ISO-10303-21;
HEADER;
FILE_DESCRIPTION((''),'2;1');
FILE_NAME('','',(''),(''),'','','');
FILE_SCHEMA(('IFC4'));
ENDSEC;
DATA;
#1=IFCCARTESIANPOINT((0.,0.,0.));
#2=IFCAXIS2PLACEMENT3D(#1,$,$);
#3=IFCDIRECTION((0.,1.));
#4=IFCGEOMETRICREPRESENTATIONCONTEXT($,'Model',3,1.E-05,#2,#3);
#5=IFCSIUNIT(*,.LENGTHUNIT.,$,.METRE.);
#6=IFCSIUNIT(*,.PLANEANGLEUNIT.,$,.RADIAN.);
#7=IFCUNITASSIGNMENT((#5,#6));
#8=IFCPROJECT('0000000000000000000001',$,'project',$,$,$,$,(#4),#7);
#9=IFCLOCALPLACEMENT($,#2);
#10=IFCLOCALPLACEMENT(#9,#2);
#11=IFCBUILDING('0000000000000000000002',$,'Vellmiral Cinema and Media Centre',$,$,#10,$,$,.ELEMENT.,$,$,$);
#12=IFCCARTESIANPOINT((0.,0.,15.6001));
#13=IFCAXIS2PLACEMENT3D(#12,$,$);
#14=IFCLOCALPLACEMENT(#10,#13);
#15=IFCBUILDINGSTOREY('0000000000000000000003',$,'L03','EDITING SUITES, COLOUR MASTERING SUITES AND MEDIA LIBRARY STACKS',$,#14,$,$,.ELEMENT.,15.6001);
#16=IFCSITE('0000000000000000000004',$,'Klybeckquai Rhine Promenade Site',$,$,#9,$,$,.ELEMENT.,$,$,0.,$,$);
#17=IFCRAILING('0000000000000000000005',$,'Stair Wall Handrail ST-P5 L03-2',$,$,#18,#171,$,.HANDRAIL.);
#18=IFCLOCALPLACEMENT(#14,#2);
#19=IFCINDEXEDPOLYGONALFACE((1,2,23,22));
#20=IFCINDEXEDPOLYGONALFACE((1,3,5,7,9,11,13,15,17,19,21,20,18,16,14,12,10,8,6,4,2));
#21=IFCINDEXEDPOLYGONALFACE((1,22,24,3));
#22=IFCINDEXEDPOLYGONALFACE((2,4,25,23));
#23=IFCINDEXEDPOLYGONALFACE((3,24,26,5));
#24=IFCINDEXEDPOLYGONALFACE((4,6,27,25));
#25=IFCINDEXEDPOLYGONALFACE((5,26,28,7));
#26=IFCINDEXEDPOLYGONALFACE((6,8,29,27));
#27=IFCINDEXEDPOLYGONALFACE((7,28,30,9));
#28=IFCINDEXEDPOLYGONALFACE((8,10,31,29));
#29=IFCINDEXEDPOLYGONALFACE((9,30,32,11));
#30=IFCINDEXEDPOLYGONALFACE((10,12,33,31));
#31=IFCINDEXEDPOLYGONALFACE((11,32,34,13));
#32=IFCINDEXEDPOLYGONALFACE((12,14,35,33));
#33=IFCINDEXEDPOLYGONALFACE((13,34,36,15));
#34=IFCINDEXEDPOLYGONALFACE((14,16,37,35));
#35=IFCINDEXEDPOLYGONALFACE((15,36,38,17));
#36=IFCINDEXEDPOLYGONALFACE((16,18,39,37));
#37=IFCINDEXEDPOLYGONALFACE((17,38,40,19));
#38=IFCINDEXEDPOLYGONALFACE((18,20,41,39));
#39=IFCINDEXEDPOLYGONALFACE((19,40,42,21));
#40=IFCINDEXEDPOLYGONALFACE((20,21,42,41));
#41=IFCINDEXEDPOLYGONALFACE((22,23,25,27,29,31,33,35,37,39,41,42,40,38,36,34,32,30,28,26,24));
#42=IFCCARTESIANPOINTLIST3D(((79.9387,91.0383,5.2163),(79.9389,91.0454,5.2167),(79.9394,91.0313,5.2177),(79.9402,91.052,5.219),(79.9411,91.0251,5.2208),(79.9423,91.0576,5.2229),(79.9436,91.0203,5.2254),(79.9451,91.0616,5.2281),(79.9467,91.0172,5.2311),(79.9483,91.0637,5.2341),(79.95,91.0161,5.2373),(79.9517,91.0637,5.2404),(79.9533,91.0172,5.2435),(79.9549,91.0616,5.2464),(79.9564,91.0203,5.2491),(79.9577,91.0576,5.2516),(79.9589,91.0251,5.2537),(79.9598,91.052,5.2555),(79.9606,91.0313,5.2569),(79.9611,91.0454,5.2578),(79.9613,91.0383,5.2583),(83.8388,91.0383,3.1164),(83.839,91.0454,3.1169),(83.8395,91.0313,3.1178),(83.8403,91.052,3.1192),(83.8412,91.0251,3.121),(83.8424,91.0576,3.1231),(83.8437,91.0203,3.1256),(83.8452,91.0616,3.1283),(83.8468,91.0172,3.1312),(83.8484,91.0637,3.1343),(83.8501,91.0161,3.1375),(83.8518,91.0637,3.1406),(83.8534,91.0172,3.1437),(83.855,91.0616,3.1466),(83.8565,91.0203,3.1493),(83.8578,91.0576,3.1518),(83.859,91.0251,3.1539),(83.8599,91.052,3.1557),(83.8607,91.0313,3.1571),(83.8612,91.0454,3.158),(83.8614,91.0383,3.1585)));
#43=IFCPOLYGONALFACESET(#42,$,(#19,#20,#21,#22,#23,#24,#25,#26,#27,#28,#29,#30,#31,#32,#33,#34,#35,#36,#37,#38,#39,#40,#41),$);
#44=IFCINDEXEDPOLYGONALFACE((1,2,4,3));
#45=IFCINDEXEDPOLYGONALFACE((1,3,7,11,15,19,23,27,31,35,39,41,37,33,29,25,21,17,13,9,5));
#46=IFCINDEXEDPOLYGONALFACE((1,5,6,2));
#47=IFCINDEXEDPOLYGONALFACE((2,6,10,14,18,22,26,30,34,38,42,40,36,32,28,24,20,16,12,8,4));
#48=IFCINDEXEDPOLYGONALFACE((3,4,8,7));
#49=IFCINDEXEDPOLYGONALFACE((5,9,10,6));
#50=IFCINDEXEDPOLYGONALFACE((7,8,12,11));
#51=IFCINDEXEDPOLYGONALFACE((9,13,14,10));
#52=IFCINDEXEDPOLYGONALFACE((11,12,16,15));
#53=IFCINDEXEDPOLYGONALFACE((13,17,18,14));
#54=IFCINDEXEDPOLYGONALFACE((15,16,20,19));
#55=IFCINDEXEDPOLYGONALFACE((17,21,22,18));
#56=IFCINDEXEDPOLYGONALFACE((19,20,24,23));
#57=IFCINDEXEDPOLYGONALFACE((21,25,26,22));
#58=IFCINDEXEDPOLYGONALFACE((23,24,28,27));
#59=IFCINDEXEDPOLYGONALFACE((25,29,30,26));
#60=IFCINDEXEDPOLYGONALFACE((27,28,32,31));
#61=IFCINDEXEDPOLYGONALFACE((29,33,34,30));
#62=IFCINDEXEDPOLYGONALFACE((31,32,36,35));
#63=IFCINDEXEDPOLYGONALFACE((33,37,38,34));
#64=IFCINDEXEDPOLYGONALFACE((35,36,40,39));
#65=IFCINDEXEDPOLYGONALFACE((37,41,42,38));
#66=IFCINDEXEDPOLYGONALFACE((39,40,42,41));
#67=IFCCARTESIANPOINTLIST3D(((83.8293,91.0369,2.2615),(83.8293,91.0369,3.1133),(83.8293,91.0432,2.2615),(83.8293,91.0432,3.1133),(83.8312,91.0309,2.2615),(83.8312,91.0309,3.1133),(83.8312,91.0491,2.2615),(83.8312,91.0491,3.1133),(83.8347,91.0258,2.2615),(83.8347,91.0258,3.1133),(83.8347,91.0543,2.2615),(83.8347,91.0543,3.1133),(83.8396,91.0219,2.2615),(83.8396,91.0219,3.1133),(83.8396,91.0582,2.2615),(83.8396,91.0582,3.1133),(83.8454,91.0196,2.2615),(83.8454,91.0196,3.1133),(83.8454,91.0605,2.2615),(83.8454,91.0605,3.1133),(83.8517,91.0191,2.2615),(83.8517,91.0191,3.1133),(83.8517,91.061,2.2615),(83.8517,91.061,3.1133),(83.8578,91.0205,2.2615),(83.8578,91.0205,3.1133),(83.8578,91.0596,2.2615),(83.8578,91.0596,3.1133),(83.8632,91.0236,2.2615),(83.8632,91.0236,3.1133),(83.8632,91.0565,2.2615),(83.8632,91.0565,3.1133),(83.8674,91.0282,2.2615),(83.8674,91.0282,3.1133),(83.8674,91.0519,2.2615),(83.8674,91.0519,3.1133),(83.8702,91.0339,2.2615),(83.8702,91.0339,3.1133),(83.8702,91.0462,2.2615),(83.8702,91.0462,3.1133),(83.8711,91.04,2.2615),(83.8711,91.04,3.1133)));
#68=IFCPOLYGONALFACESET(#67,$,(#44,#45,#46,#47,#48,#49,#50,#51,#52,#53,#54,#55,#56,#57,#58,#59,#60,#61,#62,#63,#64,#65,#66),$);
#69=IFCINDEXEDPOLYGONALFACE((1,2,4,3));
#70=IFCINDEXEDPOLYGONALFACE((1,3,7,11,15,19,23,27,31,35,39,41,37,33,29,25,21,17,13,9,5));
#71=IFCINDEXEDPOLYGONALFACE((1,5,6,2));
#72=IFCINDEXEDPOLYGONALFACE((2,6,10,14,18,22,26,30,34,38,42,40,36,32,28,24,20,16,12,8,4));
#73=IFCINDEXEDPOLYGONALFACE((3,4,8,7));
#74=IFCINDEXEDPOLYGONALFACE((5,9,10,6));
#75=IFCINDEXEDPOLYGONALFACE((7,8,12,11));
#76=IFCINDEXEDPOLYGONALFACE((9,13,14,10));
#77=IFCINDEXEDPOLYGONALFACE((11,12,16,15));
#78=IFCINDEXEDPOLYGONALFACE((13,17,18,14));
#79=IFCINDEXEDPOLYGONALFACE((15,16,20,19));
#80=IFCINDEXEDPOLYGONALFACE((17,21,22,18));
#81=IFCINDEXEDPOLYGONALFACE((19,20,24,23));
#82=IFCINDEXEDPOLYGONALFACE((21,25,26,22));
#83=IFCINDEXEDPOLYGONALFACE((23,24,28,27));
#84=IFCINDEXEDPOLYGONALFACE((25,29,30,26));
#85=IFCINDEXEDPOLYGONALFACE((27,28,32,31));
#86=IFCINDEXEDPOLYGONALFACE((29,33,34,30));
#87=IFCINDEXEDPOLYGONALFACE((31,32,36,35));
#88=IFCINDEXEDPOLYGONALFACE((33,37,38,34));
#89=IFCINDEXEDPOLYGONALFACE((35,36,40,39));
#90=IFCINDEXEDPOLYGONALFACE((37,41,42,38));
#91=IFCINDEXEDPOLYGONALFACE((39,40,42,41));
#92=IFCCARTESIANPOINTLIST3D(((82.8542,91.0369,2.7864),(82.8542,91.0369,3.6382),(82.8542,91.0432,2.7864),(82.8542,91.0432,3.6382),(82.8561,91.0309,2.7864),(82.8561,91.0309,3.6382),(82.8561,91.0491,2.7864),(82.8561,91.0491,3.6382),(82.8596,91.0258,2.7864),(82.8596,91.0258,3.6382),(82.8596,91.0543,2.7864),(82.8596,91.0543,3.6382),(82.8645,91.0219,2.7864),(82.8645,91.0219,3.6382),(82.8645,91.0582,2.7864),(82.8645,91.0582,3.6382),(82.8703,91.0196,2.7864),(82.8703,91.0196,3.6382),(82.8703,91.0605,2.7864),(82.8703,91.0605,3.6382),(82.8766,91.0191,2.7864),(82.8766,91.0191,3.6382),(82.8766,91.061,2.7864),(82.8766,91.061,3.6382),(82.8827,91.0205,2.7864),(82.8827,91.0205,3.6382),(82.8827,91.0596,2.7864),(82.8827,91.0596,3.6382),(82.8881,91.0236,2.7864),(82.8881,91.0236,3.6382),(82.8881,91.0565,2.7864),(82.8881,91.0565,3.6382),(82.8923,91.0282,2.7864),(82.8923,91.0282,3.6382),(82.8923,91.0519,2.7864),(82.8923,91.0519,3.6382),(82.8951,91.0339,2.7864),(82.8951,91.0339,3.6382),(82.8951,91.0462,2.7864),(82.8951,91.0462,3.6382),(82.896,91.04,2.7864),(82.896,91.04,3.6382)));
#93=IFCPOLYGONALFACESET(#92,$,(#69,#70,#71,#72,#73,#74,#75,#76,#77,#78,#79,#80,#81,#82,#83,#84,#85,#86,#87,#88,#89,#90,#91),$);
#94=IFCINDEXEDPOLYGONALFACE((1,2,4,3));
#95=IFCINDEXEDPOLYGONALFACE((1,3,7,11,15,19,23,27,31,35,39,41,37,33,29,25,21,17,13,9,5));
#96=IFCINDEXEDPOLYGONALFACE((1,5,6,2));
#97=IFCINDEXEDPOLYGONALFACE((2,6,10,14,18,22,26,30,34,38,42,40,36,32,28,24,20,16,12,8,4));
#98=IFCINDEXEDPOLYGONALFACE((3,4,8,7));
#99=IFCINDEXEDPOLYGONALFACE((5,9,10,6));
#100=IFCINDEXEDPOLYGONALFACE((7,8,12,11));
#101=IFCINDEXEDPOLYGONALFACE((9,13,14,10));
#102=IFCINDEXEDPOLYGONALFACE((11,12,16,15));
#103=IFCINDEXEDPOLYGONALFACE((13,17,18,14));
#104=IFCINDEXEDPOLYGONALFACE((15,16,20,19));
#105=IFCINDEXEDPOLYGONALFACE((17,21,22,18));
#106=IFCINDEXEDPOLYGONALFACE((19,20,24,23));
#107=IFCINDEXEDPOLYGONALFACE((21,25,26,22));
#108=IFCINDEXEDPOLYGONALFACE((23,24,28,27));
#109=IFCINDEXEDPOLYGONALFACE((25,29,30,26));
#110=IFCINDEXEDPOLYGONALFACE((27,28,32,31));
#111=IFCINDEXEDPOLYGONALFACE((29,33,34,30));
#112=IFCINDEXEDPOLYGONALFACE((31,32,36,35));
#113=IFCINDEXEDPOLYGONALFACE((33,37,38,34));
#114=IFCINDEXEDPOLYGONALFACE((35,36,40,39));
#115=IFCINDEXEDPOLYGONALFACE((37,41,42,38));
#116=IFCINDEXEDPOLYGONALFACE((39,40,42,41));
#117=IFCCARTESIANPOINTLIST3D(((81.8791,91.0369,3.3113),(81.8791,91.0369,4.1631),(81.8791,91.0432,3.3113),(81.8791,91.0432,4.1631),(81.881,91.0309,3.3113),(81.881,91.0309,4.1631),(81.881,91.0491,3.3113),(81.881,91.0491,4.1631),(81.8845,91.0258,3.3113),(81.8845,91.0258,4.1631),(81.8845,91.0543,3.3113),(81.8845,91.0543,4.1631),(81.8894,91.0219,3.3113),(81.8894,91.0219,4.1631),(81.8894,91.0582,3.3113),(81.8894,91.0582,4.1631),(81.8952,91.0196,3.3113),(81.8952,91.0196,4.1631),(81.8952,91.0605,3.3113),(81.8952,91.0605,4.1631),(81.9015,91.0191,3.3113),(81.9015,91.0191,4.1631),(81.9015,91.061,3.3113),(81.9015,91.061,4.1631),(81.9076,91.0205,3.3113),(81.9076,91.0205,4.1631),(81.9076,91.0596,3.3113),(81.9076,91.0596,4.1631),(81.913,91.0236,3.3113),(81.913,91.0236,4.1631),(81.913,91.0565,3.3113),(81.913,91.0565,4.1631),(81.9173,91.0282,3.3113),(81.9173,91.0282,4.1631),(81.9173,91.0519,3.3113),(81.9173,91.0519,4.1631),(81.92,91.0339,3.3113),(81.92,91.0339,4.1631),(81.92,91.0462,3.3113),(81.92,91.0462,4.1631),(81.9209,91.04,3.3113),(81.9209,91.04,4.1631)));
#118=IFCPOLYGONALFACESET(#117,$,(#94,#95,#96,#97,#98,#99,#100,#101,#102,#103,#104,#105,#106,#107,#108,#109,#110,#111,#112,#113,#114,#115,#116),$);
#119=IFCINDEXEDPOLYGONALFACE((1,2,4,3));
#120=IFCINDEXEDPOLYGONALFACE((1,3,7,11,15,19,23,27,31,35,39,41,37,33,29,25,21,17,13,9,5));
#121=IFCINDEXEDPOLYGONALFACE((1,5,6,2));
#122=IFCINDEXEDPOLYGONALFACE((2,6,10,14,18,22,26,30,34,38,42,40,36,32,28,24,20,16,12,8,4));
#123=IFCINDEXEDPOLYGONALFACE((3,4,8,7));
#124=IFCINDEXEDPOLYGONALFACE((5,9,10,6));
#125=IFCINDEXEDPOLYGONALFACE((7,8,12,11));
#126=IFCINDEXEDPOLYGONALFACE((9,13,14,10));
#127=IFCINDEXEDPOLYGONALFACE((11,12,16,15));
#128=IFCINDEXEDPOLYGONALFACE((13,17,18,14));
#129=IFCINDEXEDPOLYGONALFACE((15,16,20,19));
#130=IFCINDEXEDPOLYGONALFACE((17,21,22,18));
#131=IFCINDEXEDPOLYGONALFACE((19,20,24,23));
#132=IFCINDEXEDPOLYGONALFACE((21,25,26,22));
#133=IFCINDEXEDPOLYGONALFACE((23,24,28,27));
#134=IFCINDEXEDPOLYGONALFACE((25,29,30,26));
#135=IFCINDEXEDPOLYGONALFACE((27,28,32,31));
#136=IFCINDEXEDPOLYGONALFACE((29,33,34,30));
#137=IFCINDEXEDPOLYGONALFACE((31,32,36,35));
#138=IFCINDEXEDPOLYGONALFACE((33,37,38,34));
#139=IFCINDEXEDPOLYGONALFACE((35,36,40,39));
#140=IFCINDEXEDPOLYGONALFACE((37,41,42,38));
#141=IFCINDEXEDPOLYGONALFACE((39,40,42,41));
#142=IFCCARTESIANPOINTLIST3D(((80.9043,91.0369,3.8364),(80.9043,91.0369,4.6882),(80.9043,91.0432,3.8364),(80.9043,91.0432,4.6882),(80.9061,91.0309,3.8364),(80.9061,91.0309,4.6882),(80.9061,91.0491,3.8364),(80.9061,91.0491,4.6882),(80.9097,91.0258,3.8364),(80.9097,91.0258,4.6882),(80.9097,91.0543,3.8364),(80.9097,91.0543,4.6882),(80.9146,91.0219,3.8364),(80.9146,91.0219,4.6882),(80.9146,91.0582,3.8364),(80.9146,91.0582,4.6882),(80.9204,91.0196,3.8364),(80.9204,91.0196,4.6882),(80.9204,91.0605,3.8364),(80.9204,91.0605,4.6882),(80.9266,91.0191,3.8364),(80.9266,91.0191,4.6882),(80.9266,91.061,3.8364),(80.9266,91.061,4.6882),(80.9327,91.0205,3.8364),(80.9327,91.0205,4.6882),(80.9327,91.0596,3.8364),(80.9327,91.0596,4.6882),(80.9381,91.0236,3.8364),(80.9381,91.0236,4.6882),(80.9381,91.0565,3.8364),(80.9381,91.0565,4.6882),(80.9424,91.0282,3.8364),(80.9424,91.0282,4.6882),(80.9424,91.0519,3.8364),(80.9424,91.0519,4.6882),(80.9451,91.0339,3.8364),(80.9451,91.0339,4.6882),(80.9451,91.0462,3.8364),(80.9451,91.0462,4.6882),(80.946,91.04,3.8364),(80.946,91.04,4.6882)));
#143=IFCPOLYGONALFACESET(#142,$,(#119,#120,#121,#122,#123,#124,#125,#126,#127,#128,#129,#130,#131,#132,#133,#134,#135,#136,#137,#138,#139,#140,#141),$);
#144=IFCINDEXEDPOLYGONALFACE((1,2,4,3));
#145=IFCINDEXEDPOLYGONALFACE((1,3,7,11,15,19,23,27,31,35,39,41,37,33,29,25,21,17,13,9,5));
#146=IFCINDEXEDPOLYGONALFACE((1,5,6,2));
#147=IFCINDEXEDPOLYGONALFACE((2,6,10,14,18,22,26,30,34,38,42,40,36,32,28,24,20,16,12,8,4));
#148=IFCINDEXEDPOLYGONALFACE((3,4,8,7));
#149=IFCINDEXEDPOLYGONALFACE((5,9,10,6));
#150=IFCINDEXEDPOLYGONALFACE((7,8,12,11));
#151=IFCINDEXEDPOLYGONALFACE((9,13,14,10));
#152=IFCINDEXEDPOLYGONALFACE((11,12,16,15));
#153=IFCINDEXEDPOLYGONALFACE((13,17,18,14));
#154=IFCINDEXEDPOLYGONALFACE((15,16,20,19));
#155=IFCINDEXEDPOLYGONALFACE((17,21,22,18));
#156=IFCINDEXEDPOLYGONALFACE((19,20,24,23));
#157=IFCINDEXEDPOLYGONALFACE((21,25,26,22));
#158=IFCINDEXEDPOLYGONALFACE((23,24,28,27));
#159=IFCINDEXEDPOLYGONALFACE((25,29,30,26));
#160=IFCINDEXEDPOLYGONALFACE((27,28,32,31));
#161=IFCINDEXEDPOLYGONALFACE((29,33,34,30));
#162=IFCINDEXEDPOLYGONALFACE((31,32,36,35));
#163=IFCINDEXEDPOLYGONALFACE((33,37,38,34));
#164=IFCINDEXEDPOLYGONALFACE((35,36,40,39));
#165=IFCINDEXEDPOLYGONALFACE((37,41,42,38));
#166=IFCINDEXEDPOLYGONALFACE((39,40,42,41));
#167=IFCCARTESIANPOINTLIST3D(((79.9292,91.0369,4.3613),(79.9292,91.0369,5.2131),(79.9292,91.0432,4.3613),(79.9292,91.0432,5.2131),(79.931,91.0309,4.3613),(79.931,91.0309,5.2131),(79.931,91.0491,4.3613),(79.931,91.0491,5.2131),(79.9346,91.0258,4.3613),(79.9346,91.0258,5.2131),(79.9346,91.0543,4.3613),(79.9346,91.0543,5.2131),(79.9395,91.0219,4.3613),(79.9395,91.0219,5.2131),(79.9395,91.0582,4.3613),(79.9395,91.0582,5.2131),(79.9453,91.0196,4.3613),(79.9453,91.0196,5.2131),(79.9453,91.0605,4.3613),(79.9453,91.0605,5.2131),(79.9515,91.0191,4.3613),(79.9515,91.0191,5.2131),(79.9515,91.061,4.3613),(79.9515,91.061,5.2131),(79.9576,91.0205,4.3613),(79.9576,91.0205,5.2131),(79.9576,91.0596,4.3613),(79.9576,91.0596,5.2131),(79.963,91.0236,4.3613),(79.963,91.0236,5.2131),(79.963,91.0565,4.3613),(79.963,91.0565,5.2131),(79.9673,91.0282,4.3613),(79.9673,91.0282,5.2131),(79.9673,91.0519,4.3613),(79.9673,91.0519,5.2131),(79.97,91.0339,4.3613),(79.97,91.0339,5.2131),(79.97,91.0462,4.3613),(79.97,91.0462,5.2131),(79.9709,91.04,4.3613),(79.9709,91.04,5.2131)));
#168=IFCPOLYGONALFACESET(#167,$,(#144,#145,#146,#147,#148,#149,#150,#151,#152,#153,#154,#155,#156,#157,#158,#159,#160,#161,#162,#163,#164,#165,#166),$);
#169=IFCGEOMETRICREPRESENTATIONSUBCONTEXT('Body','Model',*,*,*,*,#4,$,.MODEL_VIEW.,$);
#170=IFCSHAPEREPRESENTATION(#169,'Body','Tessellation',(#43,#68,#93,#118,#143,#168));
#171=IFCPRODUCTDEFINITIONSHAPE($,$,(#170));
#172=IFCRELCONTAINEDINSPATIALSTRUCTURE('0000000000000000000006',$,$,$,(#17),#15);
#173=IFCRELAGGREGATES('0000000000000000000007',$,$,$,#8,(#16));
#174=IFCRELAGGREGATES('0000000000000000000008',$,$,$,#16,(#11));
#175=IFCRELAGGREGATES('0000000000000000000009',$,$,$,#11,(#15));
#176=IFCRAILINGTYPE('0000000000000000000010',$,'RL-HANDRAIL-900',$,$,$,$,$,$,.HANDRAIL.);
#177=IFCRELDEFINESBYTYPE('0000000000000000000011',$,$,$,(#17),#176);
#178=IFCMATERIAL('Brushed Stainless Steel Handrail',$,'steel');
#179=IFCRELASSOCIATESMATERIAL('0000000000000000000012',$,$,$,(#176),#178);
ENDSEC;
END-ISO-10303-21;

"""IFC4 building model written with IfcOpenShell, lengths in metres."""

from ifc_helpers import new_model, si_unit, direction, frame, origin, origin_2d, place, context, subcontext, project, spatial, circle, extrude, material, type_object, element, save


model = new_model("IFC4")

# Units and contexts
model_context = context("Model", 3, precision=1e-05, world=origin(), true_north=direction((0.0, 1.0)))
body_context = subcontext(model_context, "Body", "Model", "MODEL_VIEW")
ifc_project = project(units=[si_unit("LENGTHUNIT", "METRE"), si_unit("PLANEANGLEUNIT", "RADIAN")], contexts=[model_context])

# Site, building, storey
site_placement = place(None, origin())
site = spatial("IfcSite", under=ifc_project, at=site_placement, Name="Klybeckquai Rhine Promenade Site", CompositionType="ELEMENT", RefElevation=0.0)
building_placement = place(site_placement, origin())
building = spatial("IfcBuilding", under=site, at=building_placement, Name="Vellmiral Cinema and Media Centre", CompositionType="ELEMENT")
storey_placement = place(building_placement, frame((0.0, 0.0, 15.6001)))
storey = spatial("IfcBuildingStorey", under=building, at=storey_placement, Name="L03", Description="EDITING SUITES, COLOUR MASTERING SUITES AND MEDIA LIBRARY STACKS", CompositionType="ELEMENT", Elevation=15.6001)

# Railing
ifc_material_1 = material(Name="Brushed Stainless Steel Handrail", Category="steel")
railing_type_1 = type_object("IfcRailingType", Name="RL-HANDRAIL-900", PredefinedType="HANDRAIL", material=ifc_material_1)
railing_1_placement = place(storey_placement, frame((83.8501, 91.04, 2.2615)))
element("IfcRailing", 1, at=railing_1_placement, inside=storey, type_object=railing_type_1, Name="Stair Wall Handrail ST-P5 L03-2", PredefinedType="HANDRAIL", context=body_context, shape_type="SweptSolid", body=[
    extrude(circle(Radius=0.0239, at=origin_2d()), frame((0.0, 0.0, 0.876), z_axis=(-0.880492, 0.0, 0.47406), x_axis=(0.0, -1.0, 0.0)), (0.0, 0.0, 1.0), 4.4294),
    extrude(circle(Radius=0.021, at=origin_2d()), origin(), (0.0, 0.0, 1.0), 0.8518),
    extrude(circle(Radius=0.021, at=origin_2d()), frame((-0.9751, 0.0, 0.5249)), (0.0, 0.0, 1.0), 0.8518),
    extrude(circle(Radius=0.021, at=origin_2d()), frame((-1.9502, 0.0, 1.0498)), (0.0, 0.0, 1.0), 0.8518),
    extrude(circle(Radius=0.021, at=origin_2d()), frame((-2.925, 0.0, 1.575)), (0.0, 0.0, 1.0), 0.8518),
    extrude(circle(Radius=0.021, at=origin_2d()), frame((-3.9001, 0.0, 2.0999)), (0.0, 0.0, 1.0), 0.8518),
])

save(model, "model.ifc")
